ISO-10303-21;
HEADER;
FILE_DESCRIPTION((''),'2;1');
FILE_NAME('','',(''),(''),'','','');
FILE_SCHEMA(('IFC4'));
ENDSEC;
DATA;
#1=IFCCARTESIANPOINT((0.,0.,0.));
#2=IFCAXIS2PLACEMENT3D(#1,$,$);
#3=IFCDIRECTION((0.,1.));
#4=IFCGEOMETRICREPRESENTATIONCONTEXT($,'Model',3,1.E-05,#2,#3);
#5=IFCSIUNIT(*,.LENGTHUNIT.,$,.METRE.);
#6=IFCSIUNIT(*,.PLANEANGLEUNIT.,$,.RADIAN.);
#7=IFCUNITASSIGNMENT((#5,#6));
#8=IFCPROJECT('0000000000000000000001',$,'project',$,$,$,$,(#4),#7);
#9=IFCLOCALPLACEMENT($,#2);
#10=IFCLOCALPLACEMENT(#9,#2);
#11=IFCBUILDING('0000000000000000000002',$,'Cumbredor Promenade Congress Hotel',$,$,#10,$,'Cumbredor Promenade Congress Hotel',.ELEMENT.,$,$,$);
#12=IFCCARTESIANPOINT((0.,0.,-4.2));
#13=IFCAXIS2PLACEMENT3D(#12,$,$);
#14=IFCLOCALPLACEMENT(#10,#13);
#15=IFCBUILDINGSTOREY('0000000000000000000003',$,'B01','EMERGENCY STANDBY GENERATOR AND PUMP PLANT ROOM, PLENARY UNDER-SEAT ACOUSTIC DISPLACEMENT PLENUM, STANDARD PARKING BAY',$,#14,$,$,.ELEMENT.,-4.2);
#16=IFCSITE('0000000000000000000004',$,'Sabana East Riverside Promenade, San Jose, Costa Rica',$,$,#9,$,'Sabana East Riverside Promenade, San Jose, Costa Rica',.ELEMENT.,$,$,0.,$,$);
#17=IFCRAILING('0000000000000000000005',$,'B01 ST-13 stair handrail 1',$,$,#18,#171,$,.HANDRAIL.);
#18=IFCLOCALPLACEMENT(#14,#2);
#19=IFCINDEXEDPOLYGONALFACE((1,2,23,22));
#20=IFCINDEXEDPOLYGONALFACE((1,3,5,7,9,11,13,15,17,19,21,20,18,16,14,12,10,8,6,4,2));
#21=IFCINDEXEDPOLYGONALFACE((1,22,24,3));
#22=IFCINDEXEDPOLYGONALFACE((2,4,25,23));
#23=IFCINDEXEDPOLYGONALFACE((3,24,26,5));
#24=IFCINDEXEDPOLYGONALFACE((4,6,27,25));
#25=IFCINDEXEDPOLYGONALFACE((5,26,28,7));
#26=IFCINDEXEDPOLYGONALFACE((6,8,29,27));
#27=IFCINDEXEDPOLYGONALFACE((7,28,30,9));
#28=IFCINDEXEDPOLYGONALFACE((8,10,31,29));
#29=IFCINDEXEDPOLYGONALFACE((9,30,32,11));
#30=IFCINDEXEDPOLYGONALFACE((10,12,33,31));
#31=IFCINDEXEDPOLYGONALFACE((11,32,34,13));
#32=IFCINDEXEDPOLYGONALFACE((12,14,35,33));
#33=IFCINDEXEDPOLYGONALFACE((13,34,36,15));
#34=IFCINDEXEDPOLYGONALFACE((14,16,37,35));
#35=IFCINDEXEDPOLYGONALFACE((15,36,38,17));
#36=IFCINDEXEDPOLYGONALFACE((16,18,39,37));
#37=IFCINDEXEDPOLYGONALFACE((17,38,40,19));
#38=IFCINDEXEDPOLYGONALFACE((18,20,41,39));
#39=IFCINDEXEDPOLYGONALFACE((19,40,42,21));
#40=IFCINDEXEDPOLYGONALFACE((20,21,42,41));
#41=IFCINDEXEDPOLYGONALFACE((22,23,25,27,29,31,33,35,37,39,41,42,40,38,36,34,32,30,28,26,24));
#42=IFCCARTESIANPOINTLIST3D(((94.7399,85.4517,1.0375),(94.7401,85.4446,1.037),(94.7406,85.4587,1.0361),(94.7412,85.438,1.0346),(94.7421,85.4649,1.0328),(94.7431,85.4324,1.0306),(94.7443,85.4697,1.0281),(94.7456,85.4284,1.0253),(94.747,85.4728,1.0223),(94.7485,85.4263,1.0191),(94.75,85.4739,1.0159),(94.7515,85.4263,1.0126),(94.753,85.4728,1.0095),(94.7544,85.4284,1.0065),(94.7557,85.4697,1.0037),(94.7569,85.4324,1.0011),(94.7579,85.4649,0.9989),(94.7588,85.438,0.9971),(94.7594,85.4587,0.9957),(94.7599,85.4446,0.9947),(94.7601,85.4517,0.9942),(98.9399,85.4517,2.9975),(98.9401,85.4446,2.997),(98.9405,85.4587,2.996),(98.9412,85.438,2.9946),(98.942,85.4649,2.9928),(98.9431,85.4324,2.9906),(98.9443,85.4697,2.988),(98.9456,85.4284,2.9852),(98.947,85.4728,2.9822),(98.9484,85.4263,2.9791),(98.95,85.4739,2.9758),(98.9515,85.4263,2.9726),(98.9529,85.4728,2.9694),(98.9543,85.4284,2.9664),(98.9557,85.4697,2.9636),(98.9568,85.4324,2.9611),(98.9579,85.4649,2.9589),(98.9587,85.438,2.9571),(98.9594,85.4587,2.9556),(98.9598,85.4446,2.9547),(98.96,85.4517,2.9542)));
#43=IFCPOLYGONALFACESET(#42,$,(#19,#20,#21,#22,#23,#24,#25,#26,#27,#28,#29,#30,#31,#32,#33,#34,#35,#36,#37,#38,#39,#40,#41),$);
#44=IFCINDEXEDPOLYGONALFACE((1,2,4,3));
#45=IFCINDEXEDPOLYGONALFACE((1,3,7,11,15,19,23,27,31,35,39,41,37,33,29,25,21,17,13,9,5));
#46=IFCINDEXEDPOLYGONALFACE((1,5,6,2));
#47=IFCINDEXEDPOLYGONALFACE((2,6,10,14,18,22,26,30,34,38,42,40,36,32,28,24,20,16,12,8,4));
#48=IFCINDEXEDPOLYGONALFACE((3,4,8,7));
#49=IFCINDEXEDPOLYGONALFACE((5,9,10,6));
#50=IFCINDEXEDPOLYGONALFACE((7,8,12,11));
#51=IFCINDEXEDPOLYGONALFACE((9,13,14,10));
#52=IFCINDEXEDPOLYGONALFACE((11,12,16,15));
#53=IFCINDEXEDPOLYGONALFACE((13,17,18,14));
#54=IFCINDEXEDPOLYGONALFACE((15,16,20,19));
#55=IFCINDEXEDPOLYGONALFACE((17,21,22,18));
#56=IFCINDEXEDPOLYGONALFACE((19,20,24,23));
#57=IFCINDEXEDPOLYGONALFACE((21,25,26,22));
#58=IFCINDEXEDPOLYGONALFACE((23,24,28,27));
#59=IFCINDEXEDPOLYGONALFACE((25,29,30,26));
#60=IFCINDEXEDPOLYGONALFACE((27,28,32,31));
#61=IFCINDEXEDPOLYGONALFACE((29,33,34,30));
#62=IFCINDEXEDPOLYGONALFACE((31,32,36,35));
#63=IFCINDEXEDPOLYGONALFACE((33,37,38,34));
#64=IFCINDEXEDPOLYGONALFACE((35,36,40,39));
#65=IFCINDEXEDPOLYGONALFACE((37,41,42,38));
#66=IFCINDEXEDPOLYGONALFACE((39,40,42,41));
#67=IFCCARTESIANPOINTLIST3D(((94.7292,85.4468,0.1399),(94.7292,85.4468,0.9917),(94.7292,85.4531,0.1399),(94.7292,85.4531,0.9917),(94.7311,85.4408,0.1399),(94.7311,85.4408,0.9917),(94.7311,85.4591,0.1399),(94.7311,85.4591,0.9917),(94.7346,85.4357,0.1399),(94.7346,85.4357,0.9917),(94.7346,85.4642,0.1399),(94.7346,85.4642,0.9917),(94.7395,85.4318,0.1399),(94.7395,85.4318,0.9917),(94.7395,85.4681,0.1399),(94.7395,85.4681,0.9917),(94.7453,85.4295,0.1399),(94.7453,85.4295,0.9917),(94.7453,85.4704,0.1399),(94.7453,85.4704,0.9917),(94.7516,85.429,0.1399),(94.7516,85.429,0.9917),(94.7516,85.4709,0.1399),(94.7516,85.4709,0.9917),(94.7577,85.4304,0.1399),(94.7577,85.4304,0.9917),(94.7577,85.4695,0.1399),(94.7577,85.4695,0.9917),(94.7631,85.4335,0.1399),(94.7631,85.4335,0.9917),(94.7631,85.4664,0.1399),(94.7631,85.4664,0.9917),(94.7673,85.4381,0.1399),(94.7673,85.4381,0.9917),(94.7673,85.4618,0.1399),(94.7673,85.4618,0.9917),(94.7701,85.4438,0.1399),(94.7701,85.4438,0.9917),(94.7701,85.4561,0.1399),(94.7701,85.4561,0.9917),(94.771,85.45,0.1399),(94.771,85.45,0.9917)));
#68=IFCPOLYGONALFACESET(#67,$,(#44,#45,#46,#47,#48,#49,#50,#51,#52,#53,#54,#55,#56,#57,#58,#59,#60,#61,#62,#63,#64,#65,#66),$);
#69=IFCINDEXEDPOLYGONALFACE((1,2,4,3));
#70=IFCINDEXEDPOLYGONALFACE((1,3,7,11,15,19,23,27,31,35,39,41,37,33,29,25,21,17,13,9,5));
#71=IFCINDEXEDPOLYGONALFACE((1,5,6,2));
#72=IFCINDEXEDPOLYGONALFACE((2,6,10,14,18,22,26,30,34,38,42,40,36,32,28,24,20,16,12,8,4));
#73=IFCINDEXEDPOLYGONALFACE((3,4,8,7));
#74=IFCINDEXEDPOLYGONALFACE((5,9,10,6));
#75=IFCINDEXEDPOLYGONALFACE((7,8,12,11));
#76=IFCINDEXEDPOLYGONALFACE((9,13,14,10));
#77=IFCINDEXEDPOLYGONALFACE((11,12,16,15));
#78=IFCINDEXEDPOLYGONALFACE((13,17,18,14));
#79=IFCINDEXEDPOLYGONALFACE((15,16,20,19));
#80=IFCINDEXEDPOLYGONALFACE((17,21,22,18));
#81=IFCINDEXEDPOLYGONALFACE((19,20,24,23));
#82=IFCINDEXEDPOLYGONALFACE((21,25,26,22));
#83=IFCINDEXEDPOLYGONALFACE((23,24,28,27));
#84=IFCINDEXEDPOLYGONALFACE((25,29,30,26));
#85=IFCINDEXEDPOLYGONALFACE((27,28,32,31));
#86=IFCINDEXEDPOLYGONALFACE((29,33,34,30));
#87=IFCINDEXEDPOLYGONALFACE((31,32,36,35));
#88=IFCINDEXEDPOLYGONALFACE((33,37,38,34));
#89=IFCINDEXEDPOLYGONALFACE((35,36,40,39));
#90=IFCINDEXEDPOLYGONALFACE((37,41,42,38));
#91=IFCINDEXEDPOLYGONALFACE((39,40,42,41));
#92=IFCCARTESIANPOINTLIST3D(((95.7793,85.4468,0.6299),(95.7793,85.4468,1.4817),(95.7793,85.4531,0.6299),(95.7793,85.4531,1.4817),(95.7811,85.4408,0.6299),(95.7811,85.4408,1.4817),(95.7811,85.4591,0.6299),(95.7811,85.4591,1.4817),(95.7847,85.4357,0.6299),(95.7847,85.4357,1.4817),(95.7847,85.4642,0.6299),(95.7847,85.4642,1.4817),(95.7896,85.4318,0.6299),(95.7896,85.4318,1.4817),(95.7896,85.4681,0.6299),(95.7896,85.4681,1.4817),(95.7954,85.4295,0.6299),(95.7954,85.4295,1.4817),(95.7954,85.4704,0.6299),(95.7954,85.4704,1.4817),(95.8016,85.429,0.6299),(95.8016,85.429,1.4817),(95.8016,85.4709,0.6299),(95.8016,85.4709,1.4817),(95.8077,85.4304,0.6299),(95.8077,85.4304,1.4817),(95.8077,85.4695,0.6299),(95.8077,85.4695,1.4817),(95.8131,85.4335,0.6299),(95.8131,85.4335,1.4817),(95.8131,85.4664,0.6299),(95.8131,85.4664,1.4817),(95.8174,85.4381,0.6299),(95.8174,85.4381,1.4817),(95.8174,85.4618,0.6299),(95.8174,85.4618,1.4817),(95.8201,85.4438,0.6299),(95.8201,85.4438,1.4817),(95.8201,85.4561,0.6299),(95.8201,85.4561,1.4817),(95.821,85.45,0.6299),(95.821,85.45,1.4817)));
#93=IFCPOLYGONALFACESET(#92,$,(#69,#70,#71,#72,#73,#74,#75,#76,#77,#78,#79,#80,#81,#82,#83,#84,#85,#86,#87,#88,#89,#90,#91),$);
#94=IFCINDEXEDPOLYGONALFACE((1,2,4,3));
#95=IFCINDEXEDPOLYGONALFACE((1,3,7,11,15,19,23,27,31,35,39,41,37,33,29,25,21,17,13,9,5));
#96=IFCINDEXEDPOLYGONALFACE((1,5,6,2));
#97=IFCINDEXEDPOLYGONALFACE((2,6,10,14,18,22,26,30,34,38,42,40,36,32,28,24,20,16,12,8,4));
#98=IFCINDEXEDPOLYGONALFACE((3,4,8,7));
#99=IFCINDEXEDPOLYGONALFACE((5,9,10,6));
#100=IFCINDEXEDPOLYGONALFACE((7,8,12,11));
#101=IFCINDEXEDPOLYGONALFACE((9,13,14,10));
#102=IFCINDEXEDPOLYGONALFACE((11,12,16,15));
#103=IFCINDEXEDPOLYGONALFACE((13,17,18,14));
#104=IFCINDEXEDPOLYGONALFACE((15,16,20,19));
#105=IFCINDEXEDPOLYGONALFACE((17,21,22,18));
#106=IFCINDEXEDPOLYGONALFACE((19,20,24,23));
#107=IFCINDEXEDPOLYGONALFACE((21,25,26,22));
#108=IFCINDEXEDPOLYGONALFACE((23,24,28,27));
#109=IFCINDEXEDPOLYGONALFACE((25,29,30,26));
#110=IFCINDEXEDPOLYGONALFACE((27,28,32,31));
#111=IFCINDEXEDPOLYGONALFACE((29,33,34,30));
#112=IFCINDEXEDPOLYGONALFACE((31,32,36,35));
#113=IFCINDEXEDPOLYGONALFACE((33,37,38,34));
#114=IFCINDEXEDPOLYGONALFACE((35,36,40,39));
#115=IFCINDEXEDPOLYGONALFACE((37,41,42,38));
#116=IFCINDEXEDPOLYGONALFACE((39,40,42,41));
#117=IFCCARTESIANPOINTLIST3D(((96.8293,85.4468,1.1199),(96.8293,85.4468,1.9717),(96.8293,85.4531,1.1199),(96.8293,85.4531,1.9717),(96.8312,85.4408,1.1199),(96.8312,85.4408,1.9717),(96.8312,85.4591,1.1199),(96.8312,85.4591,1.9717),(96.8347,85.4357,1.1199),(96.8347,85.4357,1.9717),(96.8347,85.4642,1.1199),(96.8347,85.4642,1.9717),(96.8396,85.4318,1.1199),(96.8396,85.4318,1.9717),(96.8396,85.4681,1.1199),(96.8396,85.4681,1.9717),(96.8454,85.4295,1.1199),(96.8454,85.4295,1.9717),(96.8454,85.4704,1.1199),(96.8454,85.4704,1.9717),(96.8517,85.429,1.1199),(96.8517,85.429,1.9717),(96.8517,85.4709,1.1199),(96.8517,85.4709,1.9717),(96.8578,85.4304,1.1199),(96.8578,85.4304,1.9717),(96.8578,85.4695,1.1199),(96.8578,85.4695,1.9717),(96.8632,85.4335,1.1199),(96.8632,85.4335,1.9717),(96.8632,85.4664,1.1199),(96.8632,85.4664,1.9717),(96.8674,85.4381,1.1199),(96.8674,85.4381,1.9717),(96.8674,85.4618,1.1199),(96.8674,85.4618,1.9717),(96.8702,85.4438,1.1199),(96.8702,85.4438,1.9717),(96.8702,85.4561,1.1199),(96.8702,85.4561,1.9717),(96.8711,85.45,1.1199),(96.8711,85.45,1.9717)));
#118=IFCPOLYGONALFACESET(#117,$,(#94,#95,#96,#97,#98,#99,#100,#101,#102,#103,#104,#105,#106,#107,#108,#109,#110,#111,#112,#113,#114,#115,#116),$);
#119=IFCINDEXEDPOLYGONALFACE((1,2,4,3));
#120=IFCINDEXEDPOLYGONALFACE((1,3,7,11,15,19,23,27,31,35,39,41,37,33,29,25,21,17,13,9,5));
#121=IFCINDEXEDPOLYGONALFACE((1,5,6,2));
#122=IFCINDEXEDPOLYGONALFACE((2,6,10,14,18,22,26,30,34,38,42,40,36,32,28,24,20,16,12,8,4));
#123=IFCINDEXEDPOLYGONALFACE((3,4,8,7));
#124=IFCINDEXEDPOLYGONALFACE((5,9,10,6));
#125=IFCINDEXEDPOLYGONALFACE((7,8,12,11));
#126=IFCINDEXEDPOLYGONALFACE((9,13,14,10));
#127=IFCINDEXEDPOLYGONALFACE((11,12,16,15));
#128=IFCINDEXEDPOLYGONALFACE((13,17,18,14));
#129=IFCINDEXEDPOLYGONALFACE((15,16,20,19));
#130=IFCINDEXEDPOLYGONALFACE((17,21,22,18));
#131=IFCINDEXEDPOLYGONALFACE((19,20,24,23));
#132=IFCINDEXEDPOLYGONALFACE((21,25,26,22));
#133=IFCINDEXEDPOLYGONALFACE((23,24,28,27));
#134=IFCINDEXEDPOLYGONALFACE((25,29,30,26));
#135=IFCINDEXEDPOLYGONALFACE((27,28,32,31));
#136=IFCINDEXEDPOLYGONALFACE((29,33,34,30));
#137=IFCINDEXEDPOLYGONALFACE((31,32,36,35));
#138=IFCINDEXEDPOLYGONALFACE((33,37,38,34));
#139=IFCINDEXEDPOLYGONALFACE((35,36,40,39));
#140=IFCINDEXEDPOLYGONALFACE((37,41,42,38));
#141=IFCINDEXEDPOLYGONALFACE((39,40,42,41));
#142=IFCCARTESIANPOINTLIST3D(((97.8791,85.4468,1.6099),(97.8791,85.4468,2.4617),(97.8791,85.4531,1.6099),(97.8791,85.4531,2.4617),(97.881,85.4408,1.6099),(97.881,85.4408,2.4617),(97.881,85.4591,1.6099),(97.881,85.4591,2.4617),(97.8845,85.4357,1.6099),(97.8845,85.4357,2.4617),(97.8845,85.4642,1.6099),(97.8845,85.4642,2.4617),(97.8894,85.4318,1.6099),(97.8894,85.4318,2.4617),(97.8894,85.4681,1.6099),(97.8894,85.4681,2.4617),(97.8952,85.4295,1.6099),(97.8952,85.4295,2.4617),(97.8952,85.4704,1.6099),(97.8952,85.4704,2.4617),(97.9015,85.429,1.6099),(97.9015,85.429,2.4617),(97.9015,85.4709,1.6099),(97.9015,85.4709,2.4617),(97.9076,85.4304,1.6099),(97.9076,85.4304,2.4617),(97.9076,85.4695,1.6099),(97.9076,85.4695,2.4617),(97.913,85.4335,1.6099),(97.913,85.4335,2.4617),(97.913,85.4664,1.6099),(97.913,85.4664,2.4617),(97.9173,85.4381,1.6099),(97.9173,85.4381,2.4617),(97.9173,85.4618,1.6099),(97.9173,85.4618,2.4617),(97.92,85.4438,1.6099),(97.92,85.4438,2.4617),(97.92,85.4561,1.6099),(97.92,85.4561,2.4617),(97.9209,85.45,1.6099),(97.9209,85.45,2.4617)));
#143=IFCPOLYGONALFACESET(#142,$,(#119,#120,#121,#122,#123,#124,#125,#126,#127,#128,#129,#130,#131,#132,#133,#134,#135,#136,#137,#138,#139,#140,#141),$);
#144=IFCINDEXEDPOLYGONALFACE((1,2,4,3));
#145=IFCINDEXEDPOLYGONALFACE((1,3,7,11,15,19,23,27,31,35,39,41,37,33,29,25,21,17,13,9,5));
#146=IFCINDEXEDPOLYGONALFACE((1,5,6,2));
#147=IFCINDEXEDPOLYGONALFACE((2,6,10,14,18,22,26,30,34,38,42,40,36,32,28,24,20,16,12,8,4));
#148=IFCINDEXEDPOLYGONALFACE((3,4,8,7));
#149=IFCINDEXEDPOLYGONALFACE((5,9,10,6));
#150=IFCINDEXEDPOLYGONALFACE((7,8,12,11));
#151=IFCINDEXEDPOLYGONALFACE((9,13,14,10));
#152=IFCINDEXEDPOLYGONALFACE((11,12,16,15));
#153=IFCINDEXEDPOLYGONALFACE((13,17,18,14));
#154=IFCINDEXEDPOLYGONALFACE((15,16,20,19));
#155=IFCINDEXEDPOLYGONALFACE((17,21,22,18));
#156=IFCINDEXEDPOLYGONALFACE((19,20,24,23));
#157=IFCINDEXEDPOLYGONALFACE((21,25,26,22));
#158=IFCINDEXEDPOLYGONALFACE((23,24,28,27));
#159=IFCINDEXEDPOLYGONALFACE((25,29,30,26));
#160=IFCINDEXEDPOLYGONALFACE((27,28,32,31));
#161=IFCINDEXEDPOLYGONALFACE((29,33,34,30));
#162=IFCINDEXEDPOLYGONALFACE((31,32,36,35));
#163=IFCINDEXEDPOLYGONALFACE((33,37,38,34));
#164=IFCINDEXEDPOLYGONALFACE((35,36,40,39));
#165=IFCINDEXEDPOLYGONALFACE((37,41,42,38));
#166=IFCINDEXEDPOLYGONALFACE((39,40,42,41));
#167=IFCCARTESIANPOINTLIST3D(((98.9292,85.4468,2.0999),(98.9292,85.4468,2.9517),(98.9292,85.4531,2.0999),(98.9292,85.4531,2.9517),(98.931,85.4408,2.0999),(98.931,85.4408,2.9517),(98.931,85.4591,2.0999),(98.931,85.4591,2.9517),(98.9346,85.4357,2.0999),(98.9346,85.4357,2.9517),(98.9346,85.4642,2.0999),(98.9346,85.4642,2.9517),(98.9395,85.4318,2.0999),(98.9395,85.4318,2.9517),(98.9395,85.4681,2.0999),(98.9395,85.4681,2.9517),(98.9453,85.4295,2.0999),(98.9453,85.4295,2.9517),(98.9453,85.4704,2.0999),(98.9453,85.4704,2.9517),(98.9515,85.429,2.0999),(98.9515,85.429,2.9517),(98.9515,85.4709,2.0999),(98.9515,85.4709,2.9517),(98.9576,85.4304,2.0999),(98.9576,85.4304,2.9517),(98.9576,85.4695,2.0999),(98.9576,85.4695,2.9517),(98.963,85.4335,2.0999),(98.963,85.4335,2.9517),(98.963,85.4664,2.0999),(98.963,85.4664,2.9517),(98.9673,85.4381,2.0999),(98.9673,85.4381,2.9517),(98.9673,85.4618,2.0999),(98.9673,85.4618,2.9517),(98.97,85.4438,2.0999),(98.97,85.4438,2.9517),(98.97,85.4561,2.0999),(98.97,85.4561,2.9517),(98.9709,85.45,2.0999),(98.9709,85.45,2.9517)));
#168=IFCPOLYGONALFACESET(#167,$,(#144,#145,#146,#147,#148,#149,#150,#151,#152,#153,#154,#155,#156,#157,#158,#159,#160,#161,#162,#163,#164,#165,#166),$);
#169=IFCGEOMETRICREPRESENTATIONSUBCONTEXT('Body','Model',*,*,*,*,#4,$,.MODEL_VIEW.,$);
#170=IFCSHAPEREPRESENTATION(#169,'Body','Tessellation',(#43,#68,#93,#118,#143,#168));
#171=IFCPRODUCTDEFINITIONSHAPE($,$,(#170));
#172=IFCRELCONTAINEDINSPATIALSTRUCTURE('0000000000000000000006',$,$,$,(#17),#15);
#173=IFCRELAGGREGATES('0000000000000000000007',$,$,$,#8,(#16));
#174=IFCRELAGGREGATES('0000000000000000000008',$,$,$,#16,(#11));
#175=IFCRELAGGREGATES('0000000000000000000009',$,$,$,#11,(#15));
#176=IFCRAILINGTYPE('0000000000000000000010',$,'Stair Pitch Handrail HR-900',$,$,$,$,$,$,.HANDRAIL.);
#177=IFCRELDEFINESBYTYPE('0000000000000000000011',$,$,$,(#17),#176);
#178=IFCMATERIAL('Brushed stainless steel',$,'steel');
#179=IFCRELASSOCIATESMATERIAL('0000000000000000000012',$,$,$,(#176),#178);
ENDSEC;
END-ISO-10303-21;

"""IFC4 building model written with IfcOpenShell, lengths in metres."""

from ifc_helpers import new_model, si_unit, direction, frame, origin, origin_2d, place, context, subcontext, project, spatial, circle, extrude, material, type_object, element, save


model = new_model("IFC4")

# Units and contexts
model_context = context("Model", 3, precision=1e-05, world=origin(), true_north=direction((0.0, 1.0)))
body_context = subcontext(model_context, "Body", "Model", "MODEL_VIEW")
ifc_project = project(units=[si_unit("LENGTHUNIT", "METRE"), si_unit("PLANEANGLEUNIT", "RADIAN")], contexts=[model_context])

# Site, building, storey
site_placement = place(None, origin())
site = spatial("IfcSite", under=ifc_project, at=site_placement, Name="Sabana East Riverside Promenade, San Jose, Costa Rica", LongName="Sabana East Riverside Promenade, San Jose, Costa Rica", CompositionType="ELEMENT", RefElevation=0.0)
building_placement = place(site_placement, origin())
building = spatial("IfcBuilding", under=site, at=building_placement, Name="Cumbredor Promenade Congress Hotel", LongName="Cumbredor Promenade Congress Hotel", CompositionType="ELEMENT")
storey_placement = place(building_placement, frame((0.0, 0.0, -4.2)))
storey = spatial("IfcBuildingStorey", under=building, at=storey_placement, Name="B01", Description="EMERGENCY STANDBY GENERATOR AND PUMP PLANT ROOM, PLENARY UNDER-SEAT ACOUSTIC DISPLACEMENT PLENUM, STANDARD PARKING BAY", CompositionType="ELEMENT", Elevation=-4.2)

# Shared definitions
ifc_material_1 = material(Name="Brushed stainless steel", Category="steel")

# Railing
railing_type_1 = type_object("IfcRailingType", Name="Stair Pitch Handrail HR-900", PredefinedType="HANDRAIL", material=ifc_material_1)
railing_1_placement = place(storey_placement, frame((94.75, 85.45, 0.1399)))
element("IfcRailing", 1, at=railing_1_placement, inside=storey, type_object=railing_type_1, Name="B01 ST-13 stair handrail 1", PredefinedType="HANDRAIL", context=body_context, shape_type="SweptSolid", body=[
    extrude(circle(Radius=0.0239, at=origin_2d()), frame((0.0, 0.0, 0.876), z_axis=(0.906184, 0.0, 0.422883), x_axis=(0.0, 1.0, 0.0)), (0.0, 0.0, 1.0), 4.6348),
    extrude(circle(Radius=0.021, at=origin_2d()), origin(), (0.0, 0.0, 1.0), 0.8518),
    extrude(circle(Radius=0.021, at=origin_2d()), frame((1.05, 0.0, 0.49)), (0.0, 0.0, 1.0), 0.8518),
    extrude(circle(Radius=0.021, at=origin_2d()), frame((2.1001, 0.0, 0.98)), (0.0, 0.0, 1.0), 0.8518),
    extrude(circle(Radius=0.021, at=origin_2d()), frame((3.1499, 0.0, 1.47)), (0.0, 0.0, 1.0), 0.8518),
    extrude(circle(Radius=0.021, at=origin_2d()), frame((4.2, 0.0, 1.96)), (0.0, 0.0, 1.0), 0.8518),
])

save(model, "model.ifc")
